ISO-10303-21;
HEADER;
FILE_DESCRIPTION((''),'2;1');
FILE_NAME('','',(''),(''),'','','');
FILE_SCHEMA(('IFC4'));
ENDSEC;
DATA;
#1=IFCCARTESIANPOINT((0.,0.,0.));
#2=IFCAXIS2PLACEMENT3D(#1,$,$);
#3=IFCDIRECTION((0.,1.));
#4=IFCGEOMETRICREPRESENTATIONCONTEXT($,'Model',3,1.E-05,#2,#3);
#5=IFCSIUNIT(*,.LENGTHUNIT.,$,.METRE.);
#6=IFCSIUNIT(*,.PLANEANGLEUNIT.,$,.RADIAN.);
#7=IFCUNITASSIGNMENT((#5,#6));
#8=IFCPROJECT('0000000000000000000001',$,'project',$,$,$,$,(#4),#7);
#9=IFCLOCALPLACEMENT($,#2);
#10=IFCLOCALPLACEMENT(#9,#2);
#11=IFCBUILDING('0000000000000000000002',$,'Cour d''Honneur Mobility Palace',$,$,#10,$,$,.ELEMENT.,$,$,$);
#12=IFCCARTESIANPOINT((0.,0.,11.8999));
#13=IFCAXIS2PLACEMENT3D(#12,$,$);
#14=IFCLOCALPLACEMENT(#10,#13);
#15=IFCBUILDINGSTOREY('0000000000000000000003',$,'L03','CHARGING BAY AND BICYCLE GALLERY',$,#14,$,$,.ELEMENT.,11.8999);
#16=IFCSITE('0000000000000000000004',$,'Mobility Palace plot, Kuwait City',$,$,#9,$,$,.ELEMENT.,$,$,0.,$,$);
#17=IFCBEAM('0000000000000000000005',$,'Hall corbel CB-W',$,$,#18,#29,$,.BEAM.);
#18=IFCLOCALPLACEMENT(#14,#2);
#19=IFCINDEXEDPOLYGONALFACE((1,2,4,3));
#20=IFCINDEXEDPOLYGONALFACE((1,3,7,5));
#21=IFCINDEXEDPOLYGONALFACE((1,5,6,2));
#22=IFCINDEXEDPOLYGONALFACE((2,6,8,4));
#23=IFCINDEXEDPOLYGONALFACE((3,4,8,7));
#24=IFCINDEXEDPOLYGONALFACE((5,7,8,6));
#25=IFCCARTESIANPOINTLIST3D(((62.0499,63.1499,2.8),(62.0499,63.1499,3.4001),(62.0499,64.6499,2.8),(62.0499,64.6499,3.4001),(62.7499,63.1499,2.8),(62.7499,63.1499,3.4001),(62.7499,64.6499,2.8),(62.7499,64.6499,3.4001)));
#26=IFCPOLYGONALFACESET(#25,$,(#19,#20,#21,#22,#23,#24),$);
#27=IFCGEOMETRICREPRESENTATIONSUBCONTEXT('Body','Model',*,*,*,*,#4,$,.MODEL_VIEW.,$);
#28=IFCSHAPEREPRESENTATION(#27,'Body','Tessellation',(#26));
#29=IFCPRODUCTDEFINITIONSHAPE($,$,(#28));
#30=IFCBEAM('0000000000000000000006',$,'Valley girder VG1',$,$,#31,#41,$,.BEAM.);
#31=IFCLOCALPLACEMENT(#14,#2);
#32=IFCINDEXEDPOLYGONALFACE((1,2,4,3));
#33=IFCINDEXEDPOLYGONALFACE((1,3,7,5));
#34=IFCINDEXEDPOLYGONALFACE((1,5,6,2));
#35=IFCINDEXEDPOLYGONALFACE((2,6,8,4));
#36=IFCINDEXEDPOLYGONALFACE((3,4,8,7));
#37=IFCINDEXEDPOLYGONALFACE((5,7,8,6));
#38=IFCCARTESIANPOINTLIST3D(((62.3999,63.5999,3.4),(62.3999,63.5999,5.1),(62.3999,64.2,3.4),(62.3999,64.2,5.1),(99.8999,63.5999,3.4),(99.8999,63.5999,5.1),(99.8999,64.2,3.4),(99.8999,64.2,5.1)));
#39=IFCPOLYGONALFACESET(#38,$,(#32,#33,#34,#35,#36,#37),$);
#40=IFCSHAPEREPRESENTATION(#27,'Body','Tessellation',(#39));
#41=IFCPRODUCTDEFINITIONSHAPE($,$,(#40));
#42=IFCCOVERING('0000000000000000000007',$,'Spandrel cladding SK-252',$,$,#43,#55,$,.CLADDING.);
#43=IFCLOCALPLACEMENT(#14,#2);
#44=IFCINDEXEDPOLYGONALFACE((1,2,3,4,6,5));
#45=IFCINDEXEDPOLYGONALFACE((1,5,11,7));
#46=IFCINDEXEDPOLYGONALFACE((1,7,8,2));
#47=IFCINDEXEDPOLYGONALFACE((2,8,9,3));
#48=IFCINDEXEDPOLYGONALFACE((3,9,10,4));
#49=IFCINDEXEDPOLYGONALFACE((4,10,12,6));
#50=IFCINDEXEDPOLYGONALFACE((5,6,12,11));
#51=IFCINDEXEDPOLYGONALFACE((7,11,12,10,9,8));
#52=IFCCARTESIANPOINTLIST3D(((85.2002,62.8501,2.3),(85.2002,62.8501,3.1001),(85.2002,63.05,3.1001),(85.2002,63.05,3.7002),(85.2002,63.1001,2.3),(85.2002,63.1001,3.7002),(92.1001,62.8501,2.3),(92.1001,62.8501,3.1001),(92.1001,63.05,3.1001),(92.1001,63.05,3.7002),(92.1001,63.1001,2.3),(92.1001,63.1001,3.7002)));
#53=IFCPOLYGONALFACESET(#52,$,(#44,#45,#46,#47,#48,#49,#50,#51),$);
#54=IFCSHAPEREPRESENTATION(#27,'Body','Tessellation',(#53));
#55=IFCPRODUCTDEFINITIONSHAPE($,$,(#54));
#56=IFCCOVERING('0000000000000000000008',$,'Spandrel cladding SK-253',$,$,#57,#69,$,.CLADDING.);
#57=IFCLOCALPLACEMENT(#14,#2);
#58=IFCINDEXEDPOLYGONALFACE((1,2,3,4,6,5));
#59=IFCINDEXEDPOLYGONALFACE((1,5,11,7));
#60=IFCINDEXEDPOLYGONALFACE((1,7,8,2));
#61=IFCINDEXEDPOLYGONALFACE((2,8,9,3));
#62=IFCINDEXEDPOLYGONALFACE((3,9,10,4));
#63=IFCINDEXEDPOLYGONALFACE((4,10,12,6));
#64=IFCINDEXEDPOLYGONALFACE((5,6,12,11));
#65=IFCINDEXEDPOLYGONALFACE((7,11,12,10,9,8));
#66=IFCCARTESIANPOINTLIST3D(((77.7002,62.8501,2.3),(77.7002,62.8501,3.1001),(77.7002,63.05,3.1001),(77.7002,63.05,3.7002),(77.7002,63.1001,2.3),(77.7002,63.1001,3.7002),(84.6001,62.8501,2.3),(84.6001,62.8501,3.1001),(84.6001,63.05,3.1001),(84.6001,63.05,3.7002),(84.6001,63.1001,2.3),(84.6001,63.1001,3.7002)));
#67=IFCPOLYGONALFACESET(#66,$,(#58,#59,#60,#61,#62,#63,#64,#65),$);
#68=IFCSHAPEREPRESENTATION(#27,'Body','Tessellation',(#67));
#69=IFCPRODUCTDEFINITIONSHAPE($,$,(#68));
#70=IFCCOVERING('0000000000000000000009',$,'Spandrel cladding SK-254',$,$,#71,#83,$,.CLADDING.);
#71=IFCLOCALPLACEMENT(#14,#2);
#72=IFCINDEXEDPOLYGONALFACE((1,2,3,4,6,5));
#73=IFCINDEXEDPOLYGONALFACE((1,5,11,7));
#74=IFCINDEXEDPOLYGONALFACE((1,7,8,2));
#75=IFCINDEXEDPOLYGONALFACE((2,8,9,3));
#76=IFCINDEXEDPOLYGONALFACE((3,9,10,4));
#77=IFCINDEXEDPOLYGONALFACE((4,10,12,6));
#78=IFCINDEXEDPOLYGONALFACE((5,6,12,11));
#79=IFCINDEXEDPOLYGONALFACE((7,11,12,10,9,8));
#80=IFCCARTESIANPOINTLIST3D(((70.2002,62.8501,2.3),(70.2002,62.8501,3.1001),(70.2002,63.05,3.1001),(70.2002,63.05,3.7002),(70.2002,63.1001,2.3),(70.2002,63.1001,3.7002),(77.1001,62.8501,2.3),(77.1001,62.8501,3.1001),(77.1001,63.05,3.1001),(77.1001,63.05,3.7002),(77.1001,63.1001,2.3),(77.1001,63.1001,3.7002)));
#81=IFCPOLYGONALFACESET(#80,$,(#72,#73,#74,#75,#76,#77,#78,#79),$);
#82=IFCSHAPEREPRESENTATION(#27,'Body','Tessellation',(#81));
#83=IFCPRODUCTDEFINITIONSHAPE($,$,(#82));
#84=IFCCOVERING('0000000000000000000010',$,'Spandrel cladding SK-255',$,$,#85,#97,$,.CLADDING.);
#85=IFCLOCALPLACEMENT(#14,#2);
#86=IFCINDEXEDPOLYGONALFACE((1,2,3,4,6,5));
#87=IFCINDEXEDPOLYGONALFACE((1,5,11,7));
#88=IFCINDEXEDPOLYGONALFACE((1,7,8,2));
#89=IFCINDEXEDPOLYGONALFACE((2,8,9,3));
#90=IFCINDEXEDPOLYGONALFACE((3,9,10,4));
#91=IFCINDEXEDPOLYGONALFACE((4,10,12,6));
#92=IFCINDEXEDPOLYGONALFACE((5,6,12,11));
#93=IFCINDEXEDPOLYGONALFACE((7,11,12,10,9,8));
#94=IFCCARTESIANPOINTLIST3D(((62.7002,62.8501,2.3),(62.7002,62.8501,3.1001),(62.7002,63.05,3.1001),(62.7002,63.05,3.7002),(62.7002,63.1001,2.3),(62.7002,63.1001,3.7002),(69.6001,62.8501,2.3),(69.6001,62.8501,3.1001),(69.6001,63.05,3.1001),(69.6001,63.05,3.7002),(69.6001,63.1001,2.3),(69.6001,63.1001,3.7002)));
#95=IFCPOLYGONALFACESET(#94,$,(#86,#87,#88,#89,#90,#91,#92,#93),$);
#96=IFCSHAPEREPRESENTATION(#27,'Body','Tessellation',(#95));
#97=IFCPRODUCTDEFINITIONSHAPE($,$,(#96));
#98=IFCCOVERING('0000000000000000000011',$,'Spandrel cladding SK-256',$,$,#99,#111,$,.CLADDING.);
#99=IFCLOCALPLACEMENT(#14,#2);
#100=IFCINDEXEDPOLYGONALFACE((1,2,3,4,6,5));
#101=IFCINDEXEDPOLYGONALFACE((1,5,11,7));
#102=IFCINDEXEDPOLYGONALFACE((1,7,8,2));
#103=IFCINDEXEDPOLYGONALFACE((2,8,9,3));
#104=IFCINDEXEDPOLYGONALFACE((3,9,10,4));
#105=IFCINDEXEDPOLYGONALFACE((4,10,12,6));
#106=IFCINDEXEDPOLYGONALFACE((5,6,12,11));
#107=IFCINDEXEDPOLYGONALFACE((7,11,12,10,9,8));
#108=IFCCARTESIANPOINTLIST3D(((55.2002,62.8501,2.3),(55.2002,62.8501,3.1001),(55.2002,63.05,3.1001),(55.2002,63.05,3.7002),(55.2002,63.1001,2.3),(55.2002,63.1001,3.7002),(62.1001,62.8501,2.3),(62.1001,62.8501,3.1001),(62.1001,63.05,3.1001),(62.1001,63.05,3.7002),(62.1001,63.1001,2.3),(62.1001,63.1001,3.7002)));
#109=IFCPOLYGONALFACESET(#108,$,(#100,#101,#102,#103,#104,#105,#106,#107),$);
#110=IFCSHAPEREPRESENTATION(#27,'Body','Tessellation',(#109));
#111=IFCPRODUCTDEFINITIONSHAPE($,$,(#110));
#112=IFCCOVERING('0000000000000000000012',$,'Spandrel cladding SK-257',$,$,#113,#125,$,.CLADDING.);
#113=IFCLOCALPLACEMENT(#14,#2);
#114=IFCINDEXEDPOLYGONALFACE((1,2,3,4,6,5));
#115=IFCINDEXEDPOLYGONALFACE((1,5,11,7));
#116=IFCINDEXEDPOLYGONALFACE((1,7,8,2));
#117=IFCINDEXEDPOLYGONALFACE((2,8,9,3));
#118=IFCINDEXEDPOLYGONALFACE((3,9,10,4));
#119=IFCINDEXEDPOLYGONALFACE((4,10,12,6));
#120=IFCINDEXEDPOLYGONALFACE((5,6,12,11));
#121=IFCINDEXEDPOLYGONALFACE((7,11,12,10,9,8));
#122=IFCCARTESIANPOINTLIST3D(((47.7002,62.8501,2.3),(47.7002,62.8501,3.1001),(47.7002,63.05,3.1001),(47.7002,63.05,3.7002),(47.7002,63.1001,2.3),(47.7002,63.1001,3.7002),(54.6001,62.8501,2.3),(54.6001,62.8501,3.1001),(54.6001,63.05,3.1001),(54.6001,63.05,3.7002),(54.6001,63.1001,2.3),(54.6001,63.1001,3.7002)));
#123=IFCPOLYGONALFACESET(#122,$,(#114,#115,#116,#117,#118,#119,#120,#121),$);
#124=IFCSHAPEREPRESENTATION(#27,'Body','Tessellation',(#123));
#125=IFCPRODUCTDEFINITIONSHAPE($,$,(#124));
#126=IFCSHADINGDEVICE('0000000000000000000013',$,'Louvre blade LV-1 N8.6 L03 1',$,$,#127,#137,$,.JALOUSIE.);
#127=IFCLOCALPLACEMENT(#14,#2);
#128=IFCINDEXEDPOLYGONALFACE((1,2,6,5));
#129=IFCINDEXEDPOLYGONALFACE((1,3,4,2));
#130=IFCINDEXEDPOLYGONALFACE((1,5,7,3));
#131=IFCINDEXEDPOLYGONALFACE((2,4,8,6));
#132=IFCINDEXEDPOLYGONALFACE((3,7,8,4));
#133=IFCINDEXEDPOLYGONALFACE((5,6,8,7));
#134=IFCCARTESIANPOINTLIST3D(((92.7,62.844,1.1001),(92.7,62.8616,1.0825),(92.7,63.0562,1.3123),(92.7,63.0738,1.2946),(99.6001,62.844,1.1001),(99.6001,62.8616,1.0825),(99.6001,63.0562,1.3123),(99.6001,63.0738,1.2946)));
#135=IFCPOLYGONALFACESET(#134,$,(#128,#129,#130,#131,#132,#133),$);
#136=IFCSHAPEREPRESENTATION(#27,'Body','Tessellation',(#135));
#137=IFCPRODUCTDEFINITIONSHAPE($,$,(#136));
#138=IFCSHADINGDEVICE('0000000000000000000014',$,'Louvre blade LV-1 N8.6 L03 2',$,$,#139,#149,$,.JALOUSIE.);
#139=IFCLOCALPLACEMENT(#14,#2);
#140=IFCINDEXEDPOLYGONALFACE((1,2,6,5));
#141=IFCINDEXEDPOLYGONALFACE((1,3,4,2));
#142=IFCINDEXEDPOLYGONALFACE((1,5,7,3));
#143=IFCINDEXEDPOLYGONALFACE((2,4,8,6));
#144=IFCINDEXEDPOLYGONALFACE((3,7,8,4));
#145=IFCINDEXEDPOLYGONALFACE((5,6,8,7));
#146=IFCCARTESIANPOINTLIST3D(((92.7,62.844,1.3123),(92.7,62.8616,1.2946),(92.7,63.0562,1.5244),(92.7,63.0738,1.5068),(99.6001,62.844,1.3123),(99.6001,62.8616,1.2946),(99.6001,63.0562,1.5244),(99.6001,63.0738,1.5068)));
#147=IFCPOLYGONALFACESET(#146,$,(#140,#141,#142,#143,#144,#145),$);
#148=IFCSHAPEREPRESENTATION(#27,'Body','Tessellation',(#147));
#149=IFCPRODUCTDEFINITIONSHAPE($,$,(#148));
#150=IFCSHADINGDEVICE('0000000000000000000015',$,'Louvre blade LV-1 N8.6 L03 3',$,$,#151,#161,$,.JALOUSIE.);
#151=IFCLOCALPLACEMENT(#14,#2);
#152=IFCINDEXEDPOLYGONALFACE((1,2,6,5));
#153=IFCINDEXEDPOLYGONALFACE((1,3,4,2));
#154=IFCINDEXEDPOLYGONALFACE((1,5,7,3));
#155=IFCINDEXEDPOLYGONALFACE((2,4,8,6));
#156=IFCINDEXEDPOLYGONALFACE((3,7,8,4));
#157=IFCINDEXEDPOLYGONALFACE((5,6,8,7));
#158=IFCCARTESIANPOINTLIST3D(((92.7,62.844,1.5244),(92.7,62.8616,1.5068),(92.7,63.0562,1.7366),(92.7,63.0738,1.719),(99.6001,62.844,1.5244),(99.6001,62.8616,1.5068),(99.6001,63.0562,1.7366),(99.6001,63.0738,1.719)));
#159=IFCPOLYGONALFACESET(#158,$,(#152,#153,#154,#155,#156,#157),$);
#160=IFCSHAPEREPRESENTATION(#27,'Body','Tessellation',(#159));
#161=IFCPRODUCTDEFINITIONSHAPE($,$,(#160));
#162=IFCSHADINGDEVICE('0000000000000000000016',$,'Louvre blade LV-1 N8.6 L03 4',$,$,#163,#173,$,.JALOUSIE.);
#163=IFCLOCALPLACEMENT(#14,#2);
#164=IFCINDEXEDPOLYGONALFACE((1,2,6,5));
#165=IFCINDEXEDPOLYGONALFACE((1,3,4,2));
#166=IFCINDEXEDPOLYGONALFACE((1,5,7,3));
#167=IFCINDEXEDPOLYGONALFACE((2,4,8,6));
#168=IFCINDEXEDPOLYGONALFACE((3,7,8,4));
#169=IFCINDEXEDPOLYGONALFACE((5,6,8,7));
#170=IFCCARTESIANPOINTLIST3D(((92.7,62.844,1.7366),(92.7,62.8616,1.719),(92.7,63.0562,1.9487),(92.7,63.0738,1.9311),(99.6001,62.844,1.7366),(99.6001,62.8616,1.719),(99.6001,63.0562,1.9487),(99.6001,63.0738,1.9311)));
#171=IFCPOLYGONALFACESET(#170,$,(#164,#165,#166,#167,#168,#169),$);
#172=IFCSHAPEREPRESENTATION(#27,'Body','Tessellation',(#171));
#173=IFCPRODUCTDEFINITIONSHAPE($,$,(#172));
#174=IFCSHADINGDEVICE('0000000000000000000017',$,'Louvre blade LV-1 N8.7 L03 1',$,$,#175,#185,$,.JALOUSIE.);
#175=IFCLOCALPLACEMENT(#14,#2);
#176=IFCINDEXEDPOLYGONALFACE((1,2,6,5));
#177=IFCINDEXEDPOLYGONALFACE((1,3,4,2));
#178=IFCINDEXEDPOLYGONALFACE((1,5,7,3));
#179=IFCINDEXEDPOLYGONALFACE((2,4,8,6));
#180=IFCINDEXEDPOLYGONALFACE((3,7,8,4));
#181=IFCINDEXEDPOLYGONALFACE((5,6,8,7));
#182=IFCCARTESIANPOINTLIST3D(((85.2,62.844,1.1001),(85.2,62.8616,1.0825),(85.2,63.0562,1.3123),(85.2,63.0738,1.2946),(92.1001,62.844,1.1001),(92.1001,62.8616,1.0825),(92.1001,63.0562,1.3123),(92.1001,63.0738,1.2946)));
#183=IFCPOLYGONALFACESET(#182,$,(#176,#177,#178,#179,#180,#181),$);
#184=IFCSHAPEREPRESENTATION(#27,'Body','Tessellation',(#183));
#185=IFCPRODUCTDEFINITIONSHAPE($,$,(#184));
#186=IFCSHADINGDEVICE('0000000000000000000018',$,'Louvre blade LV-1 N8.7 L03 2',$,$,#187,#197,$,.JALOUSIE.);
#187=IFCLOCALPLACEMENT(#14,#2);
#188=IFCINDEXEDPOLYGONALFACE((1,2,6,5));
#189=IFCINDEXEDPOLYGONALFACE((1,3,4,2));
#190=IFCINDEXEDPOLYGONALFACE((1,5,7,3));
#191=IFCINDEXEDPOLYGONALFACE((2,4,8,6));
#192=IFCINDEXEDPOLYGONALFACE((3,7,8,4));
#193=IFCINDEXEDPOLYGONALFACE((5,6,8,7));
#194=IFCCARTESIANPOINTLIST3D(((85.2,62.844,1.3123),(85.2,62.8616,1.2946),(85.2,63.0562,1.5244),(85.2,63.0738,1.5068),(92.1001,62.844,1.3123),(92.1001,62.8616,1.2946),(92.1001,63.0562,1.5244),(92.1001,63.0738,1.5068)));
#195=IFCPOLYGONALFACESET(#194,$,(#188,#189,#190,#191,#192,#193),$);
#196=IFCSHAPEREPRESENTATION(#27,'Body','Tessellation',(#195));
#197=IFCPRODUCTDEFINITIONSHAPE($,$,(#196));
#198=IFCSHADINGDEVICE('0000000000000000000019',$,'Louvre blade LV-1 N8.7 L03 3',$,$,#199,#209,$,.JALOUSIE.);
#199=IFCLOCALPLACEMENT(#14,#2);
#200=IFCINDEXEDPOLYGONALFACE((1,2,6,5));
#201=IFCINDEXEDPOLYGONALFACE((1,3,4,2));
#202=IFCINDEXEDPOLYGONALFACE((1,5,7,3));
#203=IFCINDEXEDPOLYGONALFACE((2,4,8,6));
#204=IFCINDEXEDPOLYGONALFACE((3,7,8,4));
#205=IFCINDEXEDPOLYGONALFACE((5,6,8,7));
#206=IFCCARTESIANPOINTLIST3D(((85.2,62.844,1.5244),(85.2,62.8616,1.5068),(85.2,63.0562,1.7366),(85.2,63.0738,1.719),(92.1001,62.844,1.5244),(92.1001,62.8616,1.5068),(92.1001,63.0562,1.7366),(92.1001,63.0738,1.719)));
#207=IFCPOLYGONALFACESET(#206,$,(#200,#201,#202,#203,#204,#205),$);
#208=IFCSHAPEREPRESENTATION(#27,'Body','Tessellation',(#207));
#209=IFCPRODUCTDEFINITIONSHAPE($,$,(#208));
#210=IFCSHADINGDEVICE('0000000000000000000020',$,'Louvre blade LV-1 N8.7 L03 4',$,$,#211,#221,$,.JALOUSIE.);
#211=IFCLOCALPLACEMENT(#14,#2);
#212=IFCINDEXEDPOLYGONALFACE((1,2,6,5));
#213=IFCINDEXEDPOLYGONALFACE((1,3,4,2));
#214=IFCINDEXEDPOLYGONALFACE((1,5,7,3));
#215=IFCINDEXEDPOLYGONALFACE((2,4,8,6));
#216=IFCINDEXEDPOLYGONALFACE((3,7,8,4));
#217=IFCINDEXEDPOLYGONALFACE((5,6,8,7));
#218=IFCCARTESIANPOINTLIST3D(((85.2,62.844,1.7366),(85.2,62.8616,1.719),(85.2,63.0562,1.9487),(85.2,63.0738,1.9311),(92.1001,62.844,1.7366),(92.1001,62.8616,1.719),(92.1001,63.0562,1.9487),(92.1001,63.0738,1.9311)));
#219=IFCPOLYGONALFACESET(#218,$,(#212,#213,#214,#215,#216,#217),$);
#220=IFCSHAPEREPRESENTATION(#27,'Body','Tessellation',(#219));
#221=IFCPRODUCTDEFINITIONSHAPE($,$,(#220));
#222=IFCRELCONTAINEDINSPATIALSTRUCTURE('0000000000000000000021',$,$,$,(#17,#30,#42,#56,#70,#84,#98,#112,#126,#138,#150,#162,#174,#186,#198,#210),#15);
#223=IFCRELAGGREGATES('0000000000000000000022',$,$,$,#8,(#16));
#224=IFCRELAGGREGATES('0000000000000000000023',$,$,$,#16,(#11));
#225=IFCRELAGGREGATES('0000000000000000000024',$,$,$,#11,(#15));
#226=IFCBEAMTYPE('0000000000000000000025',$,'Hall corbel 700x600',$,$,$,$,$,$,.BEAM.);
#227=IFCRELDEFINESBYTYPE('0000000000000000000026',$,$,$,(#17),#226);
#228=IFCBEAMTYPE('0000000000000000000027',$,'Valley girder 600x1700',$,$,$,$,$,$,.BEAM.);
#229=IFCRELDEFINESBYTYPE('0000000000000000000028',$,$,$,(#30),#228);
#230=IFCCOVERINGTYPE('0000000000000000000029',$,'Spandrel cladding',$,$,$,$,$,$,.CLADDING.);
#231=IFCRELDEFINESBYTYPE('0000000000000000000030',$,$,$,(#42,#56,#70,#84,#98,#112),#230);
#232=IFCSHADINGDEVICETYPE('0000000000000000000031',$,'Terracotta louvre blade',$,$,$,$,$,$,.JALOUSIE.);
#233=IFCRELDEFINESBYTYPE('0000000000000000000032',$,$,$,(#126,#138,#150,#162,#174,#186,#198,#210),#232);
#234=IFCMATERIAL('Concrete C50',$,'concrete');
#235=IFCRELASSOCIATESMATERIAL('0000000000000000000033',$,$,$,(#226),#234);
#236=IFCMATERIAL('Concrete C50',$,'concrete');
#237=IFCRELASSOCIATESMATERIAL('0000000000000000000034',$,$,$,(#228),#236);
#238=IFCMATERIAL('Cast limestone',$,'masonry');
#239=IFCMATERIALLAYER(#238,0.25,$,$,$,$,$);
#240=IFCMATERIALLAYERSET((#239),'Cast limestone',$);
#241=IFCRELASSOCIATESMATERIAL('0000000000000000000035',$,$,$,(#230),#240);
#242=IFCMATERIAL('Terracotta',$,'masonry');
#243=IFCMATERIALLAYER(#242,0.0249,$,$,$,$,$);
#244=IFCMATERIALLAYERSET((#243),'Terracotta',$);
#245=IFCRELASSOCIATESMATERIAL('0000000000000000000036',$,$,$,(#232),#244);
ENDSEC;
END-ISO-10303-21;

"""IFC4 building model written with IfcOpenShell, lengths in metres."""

from ifc_helpers import new_model, si_unit, direction, frame, origin, origin_2d, place, context, subcontext, project, spatial, polyline, rectangle, outline, extrude, material, layer, layer_set, material_profile, profile_set, type_object, element, save


model = new_model("IFC4")

# Units and contexts
model_context = context("Model", 3, precision=1e-05, world=origin(), true_north=direction((0.0, 1.0)))
body_context = subcontext(model_context, "Body", "Model", "MODEL_VIEW")
ifc_project = project(units=[si_unit("LENGTHUNIT", "METRE"), si_unit("PLANEANGLEUNIT", "RADIAN")], contexts=[model_context])

# Site, building, storey
site_placement = place(None, origin())
site = spatial("IfcSite", under=ifc_project, at=site_placement, Name="Mobility Palace plot, Kuwait City", CompositionType="ELEMENT", RefElevation=0.0)
building_placement = place(site_placement, origin())
building = spatial("IfcBuilding", under=site, at=building_placement, Name="Cour d'Honneur Mobility Palace", CompositionType="ELEMENT")
storey_placement = place(building_placement, frame((0.0, 0.0, 11.8999)))
storey = spatial("IfcBuildingStorey", under=building, at=storey_placement, Name="L03", Description="CHARGING BAY AND BICYCLE GALLERY", CompositionType="ELEMENT", Elevation=11.8999)

# Beams
ifc_material_1 = material(Name="Concrete C50", Category="concrete")
ifc_material_profile_1 = material_profile(ifc_material_1, rectangle(XDim=0.7, YDim=0.6001, at=origin_2d()), Name="Hall corbel 700x600")
ifc_profile_set_1 = profile_set([ifc_material_profile_1], Name="Concrete C50")
beam_type_1 = type_object("IfcBeamType", Name="Hall corbel 700x600", PredefinedType="BEAM", material=ifc_profile_set_1)
beam_1_placement = place(storey_placement, frame((62.3999, 63.1499, 3.1001), z_axis=(0.0, 1.0, 0.0), x_axis=(-1.0, 0.0, 0.0)))
element("IfcBeam", 1, at=beam_1_placement, inside=storey, type_object=beam_type_1, Name="Hall corbel CB-W", PredefinedType="BEAM", context=body_context, shape_type="SweptSolid", body=[
    extrude(rectangle(XDim=0.7, YDim=0.6001, at=origin_2d()), origin(), (0.0, 0.0, 1.0), 1.5),
])
ifc_material_2 = material(Name="Concrete C50", Category="concrete")
ifc_material_profile_2 = material_profile(ifc_material_2, rectangle(XDim=0.6001, YDim=1.7, at=origin_2d()), Name="Valley girder 600x1700")
ifc_profile_set_2 = profile_set([ifc_material_profile_2], Name="Concrete C50")
beam_type_2 = type_object("IfcBeamType", Name="Valley girder 600x1700", PredefinedType="BEAM", material=ifc_profile_set_2)
beam_2_placement = place(storey_placement, frame((62.3999, 63.8999, 4.25), z_axis=(1.0, 0.0, 0.0), x_axis=(0.0, 1.0, 0.0)))
element("IfcBeam", 2, at=beam_2_placement, inside=storey, type_object=beam_type_2, Name="Valley girder VG1", PredefinedType="BEAM", context=body_context, shape_type="SweptSolid", body=[
    extrude(rectangle(XDim=0.6001, YDim=1.7, at=origin_2d()), origin(), (0.0, 0.0, 1.0), 37.5),
])

# Coverings
ifc_material_3 = material(Name="Cast limestone", Category="masonry")
ifc_layer_1 = layer(ifc_material_3, 0.25)
ifc_layer_set_1 = layer_set([ifc_layer_1], Name="Cast limestone")
covering_type = type_object("IfcCoveringType", Name="Spandrel cladding", PredefinedType="CLADDING", material=ifc_layer_set_1)
for number, where, z_axis, x_axis, name in (
    (3, (92.1001, 62.8501, 2.3), (1.0, 0.0, 0.0), (0.0, 1.0, 0.0), "Spandrel cladding SK-252"),
    (4, (84.6001, 62.8501, 2.3), (1.0, 0.0, 0.0), (0.0, 1.0, 0.0), "Spandrel cladding SK-253"),
    (5, (77.1001, 62.8501, 2.3), (1.0, 0.0, 0.0), (0.0, 1.0, 0.0), "Spandrel cladding SK-254"),
    (6, (69.6001, 62.8501, 2.3), (1.0, 0.0, 0.0), (0.0, 1.0, 0.0), "Spandrel cladding SK-255"),
    (7, (62.1001, 62.8501, 2.3), (1.0, 0.0, 0.0), (0.0, 1.0, 0.0), "Spandrel cladding SK-256"),
    (8, (54.6001, 62.8501, 2.3), (1.0, 0.0, 0.0), (0.0, 1.0, 0.0), "Spandrel cladding SK-257"),
):
    element("IfcCovering", number, at=place(storey_placement, frame(where, z_axis=z_axis, x_axis=x_axis)), inside=storey, type_object=covering_type, Name=name, PredefinedType="CLADDING", context=body_context, shape_type="SweptSolid", body=[
        extrude(outline(polyline([(0.0, 0.0), (0.25, 0.0), (0.25, 1.4001), (0.2, 1.4001), (0.2, 0.8), (0.0, 0.8), (0.0, 0.0)])), origin(), (0.0, 0.0, -1.0), 6.8999),
    ])

# Shading devices
ifc_material_4 = material(Name="Terracotta", Category="masonry")
ifc_layer_2 = layer(ifc_material_4, 0.0249)
ifc_layer_set_2 = layer_set([ifc_layer_2], Name="Terracotta")
shading_device_type = type_object("IfcShadingDeviceType", Name="Terracotta louvre blade", PredefinedType="JALOUSIE", material=ifc_layer_set_2)
for number, where, z_axis, x_axis, name in (
    (9, (99.6001, 62.844, 1.1001), (0.0, -0.707107, 0.707107), (-1.0, 0.0, 0.0), "Louvre blade LV-1 N8.6 L03 1"),
    (10, (99.6001, 62.844, 1.3123), (0.0, -0.707107, 0.707107), (-1.0, 0.0, 0.0), "Louvre blade LV-1 N8.6 L03 2"),
    (11, (99.6001, 62.844, 1.5244), (0.0, -0.707107, 0.707107), (-1.0, 0.0, 0.0), "Louvre blade LV-1 N8.6 L03 3"),
    (12, (99.6001, 62.844, 1.7366), (0.0, -0.707107, 0.707107), (-1.0, 0.0, 0.0), "Louvre blade LV-1 N8.6 L03 4"),
    (13, (92.1001, 62.844, 1.1001), (0.0, -0.707107, 0.707107), (-1.0, 0.0, 0.0), "Louvre blade LV-1 N8.7 L03 1"),
    (14, (92.1001, 62.844, 1.3123), (0.0, -0.707107, 0.707107), (-1.0, 0.0, 0.0), "Louvre blade LV-1 N8.7 L03 2"),
    (15, (92.1001, 62.844, 1.5244), (0.0, -0.707107, 0.707107), (-1.0, 0.0, 0.0), "Louvre blade LV-1 N8.7 L03 3"),
    (16, (92.1001, 62.844, 1.7366), (0.0, -0.707107, 0.707107), (-1.0, 0.0, 0.0), "Louvre blade LV-1 N8.7 L03 4"),
):
    element("IfcShadingDevice", number, at=place(storey_placement, frame(where, z_axis=z_axis, x_axis=x_axis)), inside=storey, type_object=shading_device_type, Name=name, PredefinedType="JALOUSIE", context=body_context, shape_type="SweptSolid", body=[
        extrude(outline(polyline([(0.0, 0.0), (6.9001, 0.0), (6.9001, -0.3), (0.0, -0.3), (0.0, 0.0)])), origin(), (0.0, 0.0, -1.0), 0.0249),
    ])

save(model, "model.ifc")
